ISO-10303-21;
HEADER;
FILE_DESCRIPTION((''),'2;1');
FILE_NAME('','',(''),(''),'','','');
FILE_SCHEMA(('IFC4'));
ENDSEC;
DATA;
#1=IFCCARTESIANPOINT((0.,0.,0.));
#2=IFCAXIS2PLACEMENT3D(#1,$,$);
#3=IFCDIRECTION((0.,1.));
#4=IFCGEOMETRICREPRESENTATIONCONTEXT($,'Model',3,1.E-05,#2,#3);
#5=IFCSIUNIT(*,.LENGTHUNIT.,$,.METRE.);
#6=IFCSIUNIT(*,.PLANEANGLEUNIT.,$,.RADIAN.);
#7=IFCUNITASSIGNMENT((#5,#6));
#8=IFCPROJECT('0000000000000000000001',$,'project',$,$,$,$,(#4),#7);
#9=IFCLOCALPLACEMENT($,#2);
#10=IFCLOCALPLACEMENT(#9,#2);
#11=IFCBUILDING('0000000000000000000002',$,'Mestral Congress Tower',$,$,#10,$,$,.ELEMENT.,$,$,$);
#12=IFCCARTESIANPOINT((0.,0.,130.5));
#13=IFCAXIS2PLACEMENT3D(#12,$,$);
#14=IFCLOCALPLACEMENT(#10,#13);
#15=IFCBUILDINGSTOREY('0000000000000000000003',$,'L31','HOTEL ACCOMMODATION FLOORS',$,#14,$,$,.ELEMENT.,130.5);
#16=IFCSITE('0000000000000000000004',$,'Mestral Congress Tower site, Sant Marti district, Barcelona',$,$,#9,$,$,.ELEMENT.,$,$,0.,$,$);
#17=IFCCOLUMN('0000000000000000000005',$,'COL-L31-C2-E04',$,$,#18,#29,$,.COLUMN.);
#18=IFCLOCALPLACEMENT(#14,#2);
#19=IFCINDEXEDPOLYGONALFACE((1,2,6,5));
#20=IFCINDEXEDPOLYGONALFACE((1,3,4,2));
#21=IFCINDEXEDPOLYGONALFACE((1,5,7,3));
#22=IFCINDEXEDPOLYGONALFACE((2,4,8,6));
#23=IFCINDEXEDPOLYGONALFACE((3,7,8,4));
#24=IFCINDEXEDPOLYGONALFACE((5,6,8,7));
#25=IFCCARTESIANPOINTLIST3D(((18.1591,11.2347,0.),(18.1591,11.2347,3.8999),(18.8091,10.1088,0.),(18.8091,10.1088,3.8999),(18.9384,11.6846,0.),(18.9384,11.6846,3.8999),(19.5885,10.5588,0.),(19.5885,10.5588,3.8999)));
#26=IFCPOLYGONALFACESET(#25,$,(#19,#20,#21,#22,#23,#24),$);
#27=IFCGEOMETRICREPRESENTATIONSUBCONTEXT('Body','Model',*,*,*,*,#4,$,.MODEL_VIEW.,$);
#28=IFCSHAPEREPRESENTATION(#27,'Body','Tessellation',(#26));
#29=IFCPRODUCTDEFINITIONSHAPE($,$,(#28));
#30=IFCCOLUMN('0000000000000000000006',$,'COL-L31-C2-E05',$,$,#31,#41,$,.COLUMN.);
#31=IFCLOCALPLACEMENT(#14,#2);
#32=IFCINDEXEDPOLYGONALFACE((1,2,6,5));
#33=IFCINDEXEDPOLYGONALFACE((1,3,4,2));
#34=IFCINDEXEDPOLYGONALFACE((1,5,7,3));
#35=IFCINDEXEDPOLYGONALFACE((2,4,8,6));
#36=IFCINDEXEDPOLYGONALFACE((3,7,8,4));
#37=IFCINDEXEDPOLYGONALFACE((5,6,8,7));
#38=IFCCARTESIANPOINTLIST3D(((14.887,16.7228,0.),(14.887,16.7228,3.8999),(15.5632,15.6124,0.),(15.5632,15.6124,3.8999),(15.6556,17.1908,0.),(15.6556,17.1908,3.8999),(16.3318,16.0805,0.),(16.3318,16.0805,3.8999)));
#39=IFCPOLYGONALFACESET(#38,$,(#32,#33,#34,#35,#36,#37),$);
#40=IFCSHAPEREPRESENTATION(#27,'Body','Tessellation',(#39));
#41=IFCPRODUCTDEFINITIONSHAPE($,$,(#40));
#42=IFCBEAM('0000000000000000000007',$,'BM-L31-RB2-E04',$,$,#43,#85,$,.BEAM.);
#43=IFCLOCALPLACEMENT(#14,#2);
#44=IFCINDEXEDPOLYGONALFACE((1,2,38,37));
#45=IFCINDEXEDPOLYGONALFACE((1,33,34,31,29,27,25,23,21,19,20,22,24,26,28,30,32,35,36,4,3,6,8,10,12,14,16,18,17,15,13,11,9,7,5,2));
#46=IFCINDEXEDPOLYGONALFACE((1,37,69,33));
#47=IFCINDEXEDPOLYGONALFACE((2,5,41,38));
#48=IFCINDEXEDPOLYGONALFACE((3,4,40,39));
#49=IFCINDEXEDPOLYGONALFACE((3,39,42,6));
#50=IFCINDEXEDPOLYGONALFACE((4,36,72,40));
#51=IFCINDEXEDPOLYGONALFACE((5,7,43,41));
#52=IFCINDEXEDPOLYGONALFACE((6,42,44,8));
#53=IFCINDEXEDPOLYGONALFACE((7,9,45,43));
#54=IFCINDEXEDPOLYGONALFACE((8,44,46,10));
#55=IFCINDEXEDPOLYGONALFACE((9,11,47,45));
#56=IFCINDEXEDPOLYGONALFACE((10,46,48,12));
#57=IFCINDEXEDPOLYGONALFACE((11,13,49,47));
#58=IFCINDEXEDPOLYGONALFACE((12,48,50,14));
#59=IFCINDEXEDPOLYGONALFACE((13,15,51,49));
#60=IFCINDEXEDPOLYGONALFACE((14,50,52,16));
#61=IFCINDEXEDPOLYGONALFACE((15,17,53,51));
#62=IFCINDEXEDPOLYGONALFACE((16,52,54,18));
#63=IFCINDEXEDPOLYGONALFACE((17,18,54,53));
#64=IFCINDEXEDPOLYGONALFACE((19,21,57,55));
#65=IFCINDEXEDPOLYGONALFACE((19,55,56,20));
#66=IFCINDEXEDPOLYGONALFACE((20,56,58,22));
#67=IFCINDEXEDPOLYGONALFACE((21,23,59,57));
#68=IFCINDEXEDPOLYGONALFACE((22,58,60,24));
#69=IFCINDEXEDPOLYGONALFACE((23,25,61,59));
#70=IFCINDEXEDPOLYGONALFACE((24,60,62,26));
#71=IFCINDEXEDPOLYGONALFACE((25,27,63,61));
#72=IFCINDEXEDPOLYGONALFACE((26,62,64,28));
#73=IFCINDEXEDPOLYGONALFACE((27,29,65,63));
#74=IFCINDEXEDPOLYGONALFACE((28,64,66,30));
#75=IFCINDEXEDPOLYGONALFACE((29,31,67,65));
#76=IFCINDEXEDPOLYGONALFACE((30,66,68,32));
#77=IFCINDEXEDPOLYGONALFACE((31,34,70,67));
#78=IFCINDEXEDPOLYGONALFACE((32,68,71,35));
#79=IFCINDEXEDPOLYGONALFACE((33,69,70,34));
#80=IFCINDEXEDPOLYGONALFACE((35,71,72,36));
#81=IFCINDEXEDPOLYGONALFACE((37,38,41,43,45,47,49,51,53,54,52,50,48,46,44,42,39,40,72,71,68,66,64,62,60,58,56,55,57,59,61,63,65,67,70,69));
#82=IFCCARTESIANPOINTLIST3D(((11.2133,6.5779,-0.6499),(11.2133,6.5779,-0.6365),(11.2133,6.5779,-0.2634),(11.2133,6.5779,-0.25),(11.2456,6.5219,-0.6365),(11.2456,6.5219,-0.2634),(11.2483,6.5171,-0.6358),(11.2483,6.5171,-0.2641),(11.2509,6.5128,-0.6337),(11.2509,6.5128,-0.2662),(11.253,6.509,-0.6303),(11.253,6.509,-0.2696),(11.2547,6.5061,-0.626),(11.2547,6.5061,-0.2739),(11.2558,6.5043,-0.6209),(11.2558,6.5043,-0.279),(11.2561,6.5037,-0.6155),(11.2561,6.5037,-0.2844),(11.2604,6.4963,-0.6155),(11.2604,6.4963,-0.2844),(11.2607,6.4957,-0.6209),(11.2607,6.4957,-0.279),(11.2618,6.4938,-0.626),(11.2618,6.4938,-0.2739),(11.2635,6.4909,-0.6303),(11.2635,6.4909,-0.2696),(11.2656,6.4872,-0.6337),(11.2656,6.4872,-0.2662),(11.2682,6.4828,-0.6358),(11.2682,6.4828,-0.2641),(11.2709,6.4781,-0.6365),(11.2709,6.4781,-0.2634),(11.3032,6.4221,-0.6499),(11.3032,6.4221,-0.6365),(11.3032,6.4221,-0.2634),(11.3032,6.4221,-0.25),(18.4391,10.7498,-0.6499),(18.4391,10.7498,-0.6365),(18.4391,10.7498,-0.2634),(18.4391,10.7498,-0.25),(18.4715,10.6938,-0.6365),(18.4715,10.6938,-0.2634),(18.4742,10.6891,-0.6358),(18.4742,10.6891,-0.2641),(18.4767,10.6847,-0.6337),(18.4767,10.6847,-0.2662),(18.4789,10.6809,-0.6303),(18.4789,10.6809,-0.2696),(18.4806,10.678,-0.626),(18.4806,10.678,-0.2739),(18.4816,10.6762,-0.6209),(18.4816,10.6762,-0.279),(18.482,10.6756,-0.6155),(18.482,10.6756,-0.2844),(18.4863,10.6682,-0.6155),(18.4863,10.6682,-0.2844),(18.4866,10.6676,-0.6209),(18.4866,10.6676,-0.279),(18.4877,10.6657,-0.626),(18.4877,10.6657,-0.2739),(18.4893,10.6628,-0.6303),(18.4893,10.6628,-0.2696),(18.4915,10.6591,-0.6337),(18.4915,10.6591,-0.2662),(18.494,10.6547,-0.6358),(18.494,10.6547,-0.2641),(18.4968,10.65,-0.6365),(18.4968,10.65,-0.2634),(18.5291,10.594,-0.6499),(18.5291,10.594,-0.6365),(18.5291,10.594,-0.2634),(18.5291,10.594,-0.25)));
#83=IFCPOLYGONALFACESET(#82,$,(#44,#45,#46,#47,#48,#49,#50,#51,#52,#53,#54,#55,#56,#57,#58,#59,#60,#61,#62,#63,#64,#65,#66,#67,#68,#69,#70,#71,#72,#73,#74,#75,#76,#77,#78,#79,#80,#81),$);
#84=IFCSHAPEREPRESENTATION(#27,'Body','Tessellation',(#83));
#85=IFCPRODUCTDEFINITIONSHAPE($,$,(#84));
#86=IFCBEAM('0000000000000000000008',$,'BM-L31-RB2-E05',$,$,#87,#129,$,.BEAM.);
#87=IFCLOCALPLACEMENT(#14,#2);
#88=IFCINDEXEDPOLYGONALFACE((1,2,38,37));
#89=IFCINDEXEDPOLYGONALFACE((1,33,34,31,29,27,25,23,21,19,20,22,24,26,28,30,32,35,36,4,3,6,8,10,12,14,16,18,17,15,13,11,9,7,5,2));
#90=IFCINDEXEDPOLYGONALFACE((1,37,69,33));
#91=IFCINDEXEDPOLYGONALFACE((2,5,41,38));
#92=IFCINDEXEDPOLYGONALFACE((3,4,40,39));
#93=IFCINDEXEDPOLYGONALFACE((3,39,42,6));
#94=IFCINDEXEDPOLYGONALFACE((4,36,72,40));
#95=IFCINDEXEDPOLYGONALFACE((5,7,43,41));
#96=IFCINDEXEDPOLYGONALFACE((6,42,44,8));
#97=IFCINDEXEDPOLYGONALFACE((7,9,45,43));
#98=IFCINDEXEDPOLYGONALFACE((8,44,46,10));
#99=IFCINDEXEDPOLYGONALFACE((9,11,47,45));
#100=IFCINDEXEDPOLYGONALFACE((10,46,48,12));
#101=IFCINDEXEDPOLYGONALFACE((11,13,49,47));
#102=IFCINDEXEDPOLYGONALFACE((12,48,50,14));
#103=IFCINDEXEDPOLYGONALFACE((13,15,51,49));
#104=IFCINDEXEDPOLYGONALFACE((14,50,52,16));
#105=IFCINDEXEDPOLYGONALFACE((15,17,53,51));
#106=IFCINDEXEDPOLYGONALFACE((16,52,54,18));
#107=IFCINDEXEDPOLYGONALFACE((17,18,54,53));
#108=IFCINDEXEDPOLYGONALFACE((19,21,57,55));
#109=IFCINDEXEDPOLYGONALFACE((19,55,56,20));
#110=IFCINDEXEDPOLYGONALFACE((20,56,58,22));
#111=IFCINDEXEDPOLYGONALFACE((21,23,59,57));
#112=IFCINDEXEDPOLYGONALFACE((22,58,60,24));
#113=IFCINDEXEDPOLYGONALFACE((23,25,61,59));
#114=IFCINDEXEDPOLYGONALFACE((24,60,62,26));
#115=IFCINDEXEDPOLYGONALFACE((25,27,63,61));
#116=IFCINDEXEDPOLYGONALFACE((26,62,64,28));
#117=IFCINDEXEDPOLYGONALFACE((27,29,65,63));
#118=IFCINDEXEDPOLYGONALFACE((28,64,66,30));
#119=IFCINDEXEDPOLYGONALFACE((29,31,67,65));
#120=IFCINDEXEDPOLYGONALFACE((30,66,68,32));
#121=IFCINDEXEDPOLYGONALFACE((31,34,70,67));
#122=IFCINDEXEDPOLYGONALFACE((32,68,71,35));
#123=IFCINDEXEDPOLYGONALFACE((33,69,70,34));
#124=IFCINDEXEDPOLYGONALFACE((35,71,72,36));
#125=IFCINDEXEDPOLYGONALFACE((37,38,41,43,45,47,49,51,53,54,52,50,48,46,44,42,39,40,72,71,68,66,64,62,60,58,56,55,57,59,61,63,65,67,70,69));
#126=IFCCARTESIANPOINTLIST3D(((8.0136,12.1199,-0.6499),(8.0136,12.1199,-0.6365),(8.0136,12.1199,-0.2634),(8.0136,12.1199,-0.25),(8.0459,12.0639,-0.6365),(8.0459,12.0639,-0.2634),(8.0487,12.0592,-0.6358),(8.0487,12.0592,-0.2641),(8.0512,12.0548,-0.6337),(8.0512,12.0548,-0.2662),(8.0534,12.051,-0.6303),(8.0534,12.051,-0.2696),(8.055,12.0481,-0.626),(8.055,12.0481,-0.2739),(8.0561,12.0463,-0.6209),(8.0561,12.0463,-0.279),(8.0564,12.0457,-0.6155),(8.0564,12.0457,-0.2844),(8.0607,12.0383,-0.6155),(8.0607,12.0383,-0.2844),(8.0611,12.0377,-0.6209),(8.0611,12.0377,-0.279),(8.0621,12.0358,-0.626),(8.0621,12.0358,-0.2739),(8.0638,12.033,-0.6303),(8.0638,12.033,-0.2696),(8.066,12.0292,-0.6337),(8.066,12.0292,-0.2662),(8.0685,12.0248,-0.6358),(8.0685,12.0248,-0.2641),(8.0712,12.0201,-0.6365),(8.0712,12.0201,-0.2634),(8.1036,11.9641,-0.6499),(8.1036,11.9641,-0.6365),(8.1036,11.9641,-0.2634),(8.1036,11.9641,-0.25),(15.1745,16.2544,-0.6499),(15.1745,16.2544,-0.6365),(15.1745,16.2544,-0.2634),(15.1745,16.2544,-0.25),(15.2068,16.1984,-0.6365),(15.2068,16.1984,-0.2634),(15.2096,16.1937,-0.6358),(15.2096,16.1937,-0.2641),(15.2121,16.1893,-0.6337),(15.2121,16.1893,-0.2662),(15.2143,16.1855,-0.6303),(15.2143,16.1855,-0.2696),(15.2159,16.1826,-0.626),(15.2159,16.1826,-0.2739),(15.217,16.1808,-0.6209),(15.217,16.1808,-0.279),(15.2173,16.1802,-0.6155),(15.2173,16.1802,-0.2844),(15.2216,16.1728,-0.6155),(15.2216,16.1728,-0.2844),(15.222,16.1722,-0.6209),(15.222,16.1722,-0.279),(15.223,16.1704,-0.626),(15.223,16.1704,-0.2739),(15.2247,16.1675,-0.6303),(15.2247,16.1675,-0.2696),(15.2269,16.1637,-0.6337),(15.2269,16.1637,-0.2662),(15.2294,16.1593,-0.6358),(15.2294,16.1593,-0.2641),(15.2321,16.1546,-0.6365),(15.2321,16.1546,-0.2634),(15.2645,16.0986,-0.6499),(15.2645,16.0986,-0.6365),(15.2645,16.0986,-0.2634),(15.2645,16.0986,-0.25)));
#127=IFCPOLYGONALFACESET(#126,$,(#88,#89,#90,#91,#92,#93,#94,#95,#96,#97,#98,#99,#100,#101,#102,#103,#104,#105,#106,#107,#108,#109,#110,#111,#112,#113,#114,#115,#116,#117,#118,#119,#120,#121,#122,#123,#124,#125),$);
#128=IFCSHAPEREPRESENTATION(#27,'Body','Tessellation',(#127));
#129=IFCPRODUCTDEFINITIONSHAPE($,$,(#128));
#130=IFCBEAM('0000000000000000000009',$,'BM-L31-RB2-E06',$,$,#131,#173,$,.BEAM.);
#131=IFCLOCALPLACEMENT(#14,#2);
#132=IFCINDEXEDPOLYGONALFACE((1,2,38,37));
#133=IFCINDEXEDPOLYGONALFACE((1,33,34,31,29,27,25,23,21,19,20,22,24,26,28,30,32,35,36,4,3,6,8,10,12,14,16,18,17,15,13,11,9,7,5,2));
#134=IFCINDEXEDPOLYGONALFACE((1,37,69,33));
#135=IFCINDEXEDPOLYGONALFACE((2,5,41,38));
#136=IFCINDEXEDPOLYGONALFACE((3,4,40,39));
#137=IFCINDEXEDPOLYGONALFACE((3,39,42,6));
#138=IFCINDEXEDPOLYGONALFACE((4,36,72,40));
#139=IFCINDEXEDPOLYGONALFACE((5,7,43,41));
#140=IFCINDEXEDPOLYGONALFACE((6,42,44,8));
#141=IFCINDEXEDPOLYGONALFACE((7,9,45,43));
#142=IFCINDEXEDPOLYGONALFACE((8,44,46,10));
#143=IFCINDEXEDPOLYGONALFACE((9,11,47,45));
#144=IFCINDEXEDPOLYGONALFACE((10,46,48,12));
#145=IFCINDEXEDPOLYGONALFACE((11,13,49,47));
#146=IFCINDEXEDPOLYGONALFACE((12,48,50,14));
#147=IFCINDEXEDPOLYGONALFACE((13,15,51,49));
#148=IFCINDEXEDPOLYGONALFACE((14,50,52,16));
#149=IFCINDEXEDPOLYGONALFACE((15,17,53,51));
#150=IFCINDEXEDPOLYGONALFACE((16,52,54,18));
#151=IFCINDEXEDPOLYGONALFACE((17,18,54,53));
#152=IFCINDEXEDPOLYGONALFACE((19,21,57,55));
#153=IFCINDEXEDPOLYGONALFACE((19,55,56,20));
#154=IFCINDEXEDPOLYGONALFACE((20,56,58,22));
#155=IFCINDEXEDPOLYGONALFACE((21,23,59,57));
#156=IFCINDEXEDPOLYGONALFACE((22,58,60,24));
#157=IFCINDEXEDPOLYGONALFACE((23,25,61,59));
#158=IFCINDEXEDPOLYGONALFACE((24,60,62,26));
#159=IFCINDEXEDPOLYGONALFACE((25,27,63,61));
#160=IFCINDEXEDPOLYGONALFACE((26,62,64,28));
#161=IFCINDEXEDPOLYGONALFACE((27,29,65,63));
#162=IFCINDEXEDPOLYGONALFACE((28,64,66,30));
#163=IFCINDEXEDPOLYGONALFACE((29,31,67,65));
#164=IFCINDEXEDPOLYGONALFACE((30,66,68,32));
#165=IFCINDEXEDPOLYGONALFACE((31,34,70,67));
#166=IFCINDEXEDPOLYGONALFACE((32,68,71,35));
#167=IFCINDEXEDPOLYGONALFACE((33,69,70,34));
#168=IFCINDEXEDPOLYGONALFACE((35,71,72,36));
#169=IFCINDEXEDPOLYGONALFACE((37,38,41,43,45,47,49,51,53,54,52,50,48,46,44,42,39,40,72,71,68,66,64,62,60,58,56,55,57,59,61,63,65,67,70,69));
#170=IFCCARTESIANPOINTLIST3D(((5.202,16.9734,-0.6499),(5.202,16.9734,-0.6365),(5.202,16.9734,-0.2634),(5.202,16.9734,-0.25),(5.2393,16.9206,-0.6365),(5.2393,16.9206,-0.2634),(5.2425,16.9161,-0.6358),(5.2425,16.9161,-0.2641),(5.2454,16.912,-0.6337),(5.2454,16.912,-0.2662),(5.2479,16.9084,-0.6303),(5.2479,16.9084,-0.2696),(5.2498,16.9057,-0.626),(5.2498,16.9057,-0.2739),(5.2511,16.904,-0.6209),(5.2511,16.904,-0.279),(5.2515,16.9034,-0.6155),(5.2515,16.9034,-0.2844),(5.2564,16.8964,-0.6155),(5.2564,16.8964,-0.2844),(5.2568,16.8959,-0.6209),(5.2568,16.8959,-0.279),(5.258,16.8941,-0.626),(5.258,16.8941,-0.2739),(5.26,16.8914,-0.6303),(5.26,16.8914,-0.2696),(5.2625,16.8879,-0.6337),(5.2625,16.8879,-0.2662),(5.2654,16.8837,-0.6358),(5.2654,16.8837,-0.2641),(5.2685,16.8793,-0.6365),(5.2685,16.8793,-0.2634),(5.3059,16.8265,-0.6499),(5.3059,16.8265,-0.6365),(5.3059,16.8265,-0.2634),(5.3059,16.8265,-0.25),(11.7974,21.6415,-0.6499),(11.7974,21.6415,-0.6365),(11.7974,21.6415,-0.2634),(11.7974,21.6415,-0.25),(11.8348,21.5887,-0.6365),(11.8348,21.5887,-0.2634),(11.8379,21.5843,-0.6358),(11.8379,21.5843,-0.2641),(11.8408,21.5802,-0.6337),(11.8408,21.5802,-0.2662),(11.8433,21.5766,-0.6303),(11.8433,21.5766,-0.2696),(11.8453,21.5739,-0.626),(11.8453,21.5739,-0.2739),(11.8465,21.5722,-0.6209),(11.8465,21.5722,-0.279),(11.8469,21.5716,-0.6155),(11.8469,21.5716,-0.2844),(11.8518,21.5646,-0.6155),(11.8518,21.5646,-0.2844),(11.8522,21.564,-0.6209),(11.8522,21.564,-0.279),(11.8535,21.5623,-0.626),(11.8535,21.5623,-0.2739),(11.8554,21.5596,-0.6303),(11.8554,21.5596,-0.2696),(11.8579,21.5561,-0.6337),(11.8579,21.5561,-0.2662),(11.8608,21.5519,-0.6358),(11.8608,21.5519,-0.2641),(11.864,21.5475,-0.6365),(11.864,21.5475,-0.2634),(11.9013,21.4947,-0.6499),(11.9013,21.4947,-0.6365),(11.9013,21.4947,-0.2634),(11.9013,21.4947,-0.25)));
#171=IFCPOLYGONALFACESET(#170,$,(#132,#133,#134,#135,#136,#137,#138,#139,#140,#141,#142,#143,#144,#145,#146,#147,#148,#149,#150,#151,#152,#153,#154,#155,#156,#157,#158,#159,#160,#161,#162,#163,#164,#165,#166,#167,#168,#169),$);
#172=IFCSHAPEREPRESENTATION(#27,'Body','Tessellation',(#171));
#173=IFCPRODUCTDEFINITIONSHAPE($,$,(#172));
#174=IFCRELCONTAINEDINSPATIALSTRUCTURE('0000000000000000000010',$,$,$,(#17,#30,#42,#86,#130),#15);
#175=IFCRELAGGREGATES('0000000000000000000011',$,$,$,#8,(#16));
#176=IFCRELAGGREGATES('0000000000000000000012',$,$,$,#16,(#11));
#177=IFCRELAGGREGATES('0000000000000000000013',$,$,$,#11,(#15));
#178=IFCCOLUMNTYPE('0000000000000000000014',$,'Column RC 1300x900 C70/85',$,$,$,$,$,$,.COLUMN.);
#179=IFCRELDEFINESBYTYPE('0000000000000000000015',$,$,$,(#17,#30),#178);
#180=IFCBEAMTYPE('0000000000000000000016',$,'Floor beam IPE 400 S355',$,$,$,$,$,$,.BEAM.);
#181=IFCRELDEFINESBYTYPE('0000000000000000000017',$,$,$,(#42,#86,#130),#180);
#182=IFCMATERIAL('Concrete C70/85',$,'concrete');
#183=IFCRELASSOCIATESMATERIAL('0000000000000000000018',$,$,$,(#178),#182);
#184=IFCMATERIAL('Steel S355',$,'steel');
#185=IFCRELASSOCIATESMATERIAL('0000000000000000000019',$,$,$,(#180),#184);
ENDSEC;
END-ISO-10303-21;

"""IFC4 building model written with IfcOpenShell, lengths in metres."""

from ifc_helpers import new_model, si_unit, direction, frame, origin, origin_2d, place, context, subcontext, project, spatial, rectangle, i_section, extrude, material, material_profile, profile_set, type_object, element, save


model = new_model("IFC4")

# Units and contexts
model_context = context("Model", 3, precision=1e-05, world=origin(), true_north=direction((0.0, 1.0)))
body_context = subcontext(model_context, "Body", "Model", "MODEL_VIEW")
ifc_project = project(units=[si_unit("LENGTHUNIT", "METRE"), si_unit("PLANEANGLEUNIT", "RADIAN")], contexts=[model_context])

# Site, building, storey
site_placement = place(None, origin())
site = spatial("IfcSite", under=ifc_project, at=site_placement, Name="Mestral Congress Tower site, Sant Marti district, Barcelona", CompositionType="ELEMENT", RefElevation=0.0)
building_placement = place(site_placement, origin())
building = spatial("IfcBuilding", under=site, at=building_placement, Name="Mestral Congress Tower", CompositionType="ELEMENT")
storey_placement = place(building_placement, frame((0.0, 0.0, 130.5)))
storey = spatial("IfcBuildingStorey", under=building, at=storey_placement, Name="L31", Description="HOTEL ACCOMMODATION FLOORS", CompositionType="ELEMENT", Elevation=130.5)

# Columns
ifc_material_1 = material(Name="Concrete C70/85", Category="concrete")
ifc_material_profile_1 = material_profile(ifc_material_1, rectangle(XDim=1.3, YDim=0.8999, at=origin_2d()), Name="RC 1300x900")
ifc_profile_set_1 = profile_set([ifc_material_profile_1], Name="Concrete C70/85")
column_type = type_object("IfcColumnType", Name="Column RC 1300x900 C70/85", PredefinedType="COLUMN", material=ifc_profile_set_1)
for number, where, z_axis, x_axis, name in (
    (1, (18.8738, 10.8967, 0.0), (0.0, 0.0, 1.0), (-0.5, 0.866025, 0.0), "COL-L31-C2-E04"),
    (2, (15.6094, 16.4016, 0.0), (0.0, 0.0, 1.0), (-0.520114, 0.854097, 0.0), "COL-L31-C2-E05"),
):
    element("IfcColumn", number, at=place(storey_placement, frame(where, z_axis=z_axis, x_axis=x_axis)), inside=storey, type_object=column_type, Name=name, PredefinedType="COLUMN", context=body_context, shape_type="SweptSolid", body=[
        extrude(rectangle(XDim=1.3, YDim=0.8999, at=origin_2d()), origin(), (0.0, 0.0, 1.0), 3.8999),
    ])

# Beams
ifc_material_2 = material(Name="Steel S355", Category="steel")
ifc_material_profile_2 = material_profile(ifc_material_2, i_section(OverallWidth=0.1799, OverallDepth=0.3999, WebThickness=0.0085, FlangeThickness=0.0134, FilletRadius=0.021, at=origin_2d()), Name="IPE 400")
ifc_profile_set_2 = profile_set([ifc_material_profile_2], Name="Steel S355")
beam_type_1 = type_object("IfcBeamType", Name="Floor beam IPE 400 S355", PredefinedType="BEAM", material=ifc_profile_set_2)
beam_1_placement = place(storey_placement, frame((18.4841, 10.6719, -0.45), z_axis=(-0.866023, -0.500004, 0.0), x_axis=(0.500004, -0.866023, 0.0)))
element("IfcBeam", 3, at=beam_1_placement, inside=storey, type_object=beam_type_1, Name="BM-L31-RB2-E04", PredefinedType="BEAM", context=body_context, shape_type="SweptSolid", body=[
    extrude(i_section(OverallWidth=0.1799, OverallDepth=0.3999, WebThickness=0.0085, FlangeThickness=0.0134, FilletRadius=0.021, at=origin_2d()), origin(), (0.0, 0.0, 1.0), 8.3438),
])
beam_2_placement = place(storey_placement, frame((15.2195, 16.1765, -0.45), z_axis=(-0.866016, -0.500016, 0.0), x_axis=(0.500016, -0.866016, 0.0)))
element("IfcBeam", 4, at=beam_2_placement, inside=storey, type_object=beam_type_1, Name="BM-L31-RB2-E05", PredefinedType="BEAM", context=body_context, shape_type="SweptSolid", body=[
    extrude(i_section(OverallWidth=0.1799, OverallDepth=0.3999, WebThickness=0.0085, FlangeThickness=0.0134, FilletRadius=0.021, at=origin_2d()), origin(), (0.0, 0.0, 1.0), 8.2688),
])
beam_3_placement = place(storey_placement, frame((11.8494, 21.5681, -0.45), z_axis=(-0.816233, -0.577723, 0.0), x_axis=(0.577723, -0.816233, 0.0)))
element("IfcBeam", 5, at=beam_3_placement, inside=storey, type_object=beam_type_1, Name="BM-L31-RB2-E06", PredefinedType="BEAM", context=body_context, shape_type="SweptSolid", body=[
    extrude(i_section(OverallWidth=0.1799, OverallDepth=0.3999, WebThickness=0.0085, FlangeThickness=0.0134, FilletRadius=0.021, at=origin_2d()), origin(), (0.0, 0.0, 1.0), 8.0803),
])

save(model, "model.ifc")
